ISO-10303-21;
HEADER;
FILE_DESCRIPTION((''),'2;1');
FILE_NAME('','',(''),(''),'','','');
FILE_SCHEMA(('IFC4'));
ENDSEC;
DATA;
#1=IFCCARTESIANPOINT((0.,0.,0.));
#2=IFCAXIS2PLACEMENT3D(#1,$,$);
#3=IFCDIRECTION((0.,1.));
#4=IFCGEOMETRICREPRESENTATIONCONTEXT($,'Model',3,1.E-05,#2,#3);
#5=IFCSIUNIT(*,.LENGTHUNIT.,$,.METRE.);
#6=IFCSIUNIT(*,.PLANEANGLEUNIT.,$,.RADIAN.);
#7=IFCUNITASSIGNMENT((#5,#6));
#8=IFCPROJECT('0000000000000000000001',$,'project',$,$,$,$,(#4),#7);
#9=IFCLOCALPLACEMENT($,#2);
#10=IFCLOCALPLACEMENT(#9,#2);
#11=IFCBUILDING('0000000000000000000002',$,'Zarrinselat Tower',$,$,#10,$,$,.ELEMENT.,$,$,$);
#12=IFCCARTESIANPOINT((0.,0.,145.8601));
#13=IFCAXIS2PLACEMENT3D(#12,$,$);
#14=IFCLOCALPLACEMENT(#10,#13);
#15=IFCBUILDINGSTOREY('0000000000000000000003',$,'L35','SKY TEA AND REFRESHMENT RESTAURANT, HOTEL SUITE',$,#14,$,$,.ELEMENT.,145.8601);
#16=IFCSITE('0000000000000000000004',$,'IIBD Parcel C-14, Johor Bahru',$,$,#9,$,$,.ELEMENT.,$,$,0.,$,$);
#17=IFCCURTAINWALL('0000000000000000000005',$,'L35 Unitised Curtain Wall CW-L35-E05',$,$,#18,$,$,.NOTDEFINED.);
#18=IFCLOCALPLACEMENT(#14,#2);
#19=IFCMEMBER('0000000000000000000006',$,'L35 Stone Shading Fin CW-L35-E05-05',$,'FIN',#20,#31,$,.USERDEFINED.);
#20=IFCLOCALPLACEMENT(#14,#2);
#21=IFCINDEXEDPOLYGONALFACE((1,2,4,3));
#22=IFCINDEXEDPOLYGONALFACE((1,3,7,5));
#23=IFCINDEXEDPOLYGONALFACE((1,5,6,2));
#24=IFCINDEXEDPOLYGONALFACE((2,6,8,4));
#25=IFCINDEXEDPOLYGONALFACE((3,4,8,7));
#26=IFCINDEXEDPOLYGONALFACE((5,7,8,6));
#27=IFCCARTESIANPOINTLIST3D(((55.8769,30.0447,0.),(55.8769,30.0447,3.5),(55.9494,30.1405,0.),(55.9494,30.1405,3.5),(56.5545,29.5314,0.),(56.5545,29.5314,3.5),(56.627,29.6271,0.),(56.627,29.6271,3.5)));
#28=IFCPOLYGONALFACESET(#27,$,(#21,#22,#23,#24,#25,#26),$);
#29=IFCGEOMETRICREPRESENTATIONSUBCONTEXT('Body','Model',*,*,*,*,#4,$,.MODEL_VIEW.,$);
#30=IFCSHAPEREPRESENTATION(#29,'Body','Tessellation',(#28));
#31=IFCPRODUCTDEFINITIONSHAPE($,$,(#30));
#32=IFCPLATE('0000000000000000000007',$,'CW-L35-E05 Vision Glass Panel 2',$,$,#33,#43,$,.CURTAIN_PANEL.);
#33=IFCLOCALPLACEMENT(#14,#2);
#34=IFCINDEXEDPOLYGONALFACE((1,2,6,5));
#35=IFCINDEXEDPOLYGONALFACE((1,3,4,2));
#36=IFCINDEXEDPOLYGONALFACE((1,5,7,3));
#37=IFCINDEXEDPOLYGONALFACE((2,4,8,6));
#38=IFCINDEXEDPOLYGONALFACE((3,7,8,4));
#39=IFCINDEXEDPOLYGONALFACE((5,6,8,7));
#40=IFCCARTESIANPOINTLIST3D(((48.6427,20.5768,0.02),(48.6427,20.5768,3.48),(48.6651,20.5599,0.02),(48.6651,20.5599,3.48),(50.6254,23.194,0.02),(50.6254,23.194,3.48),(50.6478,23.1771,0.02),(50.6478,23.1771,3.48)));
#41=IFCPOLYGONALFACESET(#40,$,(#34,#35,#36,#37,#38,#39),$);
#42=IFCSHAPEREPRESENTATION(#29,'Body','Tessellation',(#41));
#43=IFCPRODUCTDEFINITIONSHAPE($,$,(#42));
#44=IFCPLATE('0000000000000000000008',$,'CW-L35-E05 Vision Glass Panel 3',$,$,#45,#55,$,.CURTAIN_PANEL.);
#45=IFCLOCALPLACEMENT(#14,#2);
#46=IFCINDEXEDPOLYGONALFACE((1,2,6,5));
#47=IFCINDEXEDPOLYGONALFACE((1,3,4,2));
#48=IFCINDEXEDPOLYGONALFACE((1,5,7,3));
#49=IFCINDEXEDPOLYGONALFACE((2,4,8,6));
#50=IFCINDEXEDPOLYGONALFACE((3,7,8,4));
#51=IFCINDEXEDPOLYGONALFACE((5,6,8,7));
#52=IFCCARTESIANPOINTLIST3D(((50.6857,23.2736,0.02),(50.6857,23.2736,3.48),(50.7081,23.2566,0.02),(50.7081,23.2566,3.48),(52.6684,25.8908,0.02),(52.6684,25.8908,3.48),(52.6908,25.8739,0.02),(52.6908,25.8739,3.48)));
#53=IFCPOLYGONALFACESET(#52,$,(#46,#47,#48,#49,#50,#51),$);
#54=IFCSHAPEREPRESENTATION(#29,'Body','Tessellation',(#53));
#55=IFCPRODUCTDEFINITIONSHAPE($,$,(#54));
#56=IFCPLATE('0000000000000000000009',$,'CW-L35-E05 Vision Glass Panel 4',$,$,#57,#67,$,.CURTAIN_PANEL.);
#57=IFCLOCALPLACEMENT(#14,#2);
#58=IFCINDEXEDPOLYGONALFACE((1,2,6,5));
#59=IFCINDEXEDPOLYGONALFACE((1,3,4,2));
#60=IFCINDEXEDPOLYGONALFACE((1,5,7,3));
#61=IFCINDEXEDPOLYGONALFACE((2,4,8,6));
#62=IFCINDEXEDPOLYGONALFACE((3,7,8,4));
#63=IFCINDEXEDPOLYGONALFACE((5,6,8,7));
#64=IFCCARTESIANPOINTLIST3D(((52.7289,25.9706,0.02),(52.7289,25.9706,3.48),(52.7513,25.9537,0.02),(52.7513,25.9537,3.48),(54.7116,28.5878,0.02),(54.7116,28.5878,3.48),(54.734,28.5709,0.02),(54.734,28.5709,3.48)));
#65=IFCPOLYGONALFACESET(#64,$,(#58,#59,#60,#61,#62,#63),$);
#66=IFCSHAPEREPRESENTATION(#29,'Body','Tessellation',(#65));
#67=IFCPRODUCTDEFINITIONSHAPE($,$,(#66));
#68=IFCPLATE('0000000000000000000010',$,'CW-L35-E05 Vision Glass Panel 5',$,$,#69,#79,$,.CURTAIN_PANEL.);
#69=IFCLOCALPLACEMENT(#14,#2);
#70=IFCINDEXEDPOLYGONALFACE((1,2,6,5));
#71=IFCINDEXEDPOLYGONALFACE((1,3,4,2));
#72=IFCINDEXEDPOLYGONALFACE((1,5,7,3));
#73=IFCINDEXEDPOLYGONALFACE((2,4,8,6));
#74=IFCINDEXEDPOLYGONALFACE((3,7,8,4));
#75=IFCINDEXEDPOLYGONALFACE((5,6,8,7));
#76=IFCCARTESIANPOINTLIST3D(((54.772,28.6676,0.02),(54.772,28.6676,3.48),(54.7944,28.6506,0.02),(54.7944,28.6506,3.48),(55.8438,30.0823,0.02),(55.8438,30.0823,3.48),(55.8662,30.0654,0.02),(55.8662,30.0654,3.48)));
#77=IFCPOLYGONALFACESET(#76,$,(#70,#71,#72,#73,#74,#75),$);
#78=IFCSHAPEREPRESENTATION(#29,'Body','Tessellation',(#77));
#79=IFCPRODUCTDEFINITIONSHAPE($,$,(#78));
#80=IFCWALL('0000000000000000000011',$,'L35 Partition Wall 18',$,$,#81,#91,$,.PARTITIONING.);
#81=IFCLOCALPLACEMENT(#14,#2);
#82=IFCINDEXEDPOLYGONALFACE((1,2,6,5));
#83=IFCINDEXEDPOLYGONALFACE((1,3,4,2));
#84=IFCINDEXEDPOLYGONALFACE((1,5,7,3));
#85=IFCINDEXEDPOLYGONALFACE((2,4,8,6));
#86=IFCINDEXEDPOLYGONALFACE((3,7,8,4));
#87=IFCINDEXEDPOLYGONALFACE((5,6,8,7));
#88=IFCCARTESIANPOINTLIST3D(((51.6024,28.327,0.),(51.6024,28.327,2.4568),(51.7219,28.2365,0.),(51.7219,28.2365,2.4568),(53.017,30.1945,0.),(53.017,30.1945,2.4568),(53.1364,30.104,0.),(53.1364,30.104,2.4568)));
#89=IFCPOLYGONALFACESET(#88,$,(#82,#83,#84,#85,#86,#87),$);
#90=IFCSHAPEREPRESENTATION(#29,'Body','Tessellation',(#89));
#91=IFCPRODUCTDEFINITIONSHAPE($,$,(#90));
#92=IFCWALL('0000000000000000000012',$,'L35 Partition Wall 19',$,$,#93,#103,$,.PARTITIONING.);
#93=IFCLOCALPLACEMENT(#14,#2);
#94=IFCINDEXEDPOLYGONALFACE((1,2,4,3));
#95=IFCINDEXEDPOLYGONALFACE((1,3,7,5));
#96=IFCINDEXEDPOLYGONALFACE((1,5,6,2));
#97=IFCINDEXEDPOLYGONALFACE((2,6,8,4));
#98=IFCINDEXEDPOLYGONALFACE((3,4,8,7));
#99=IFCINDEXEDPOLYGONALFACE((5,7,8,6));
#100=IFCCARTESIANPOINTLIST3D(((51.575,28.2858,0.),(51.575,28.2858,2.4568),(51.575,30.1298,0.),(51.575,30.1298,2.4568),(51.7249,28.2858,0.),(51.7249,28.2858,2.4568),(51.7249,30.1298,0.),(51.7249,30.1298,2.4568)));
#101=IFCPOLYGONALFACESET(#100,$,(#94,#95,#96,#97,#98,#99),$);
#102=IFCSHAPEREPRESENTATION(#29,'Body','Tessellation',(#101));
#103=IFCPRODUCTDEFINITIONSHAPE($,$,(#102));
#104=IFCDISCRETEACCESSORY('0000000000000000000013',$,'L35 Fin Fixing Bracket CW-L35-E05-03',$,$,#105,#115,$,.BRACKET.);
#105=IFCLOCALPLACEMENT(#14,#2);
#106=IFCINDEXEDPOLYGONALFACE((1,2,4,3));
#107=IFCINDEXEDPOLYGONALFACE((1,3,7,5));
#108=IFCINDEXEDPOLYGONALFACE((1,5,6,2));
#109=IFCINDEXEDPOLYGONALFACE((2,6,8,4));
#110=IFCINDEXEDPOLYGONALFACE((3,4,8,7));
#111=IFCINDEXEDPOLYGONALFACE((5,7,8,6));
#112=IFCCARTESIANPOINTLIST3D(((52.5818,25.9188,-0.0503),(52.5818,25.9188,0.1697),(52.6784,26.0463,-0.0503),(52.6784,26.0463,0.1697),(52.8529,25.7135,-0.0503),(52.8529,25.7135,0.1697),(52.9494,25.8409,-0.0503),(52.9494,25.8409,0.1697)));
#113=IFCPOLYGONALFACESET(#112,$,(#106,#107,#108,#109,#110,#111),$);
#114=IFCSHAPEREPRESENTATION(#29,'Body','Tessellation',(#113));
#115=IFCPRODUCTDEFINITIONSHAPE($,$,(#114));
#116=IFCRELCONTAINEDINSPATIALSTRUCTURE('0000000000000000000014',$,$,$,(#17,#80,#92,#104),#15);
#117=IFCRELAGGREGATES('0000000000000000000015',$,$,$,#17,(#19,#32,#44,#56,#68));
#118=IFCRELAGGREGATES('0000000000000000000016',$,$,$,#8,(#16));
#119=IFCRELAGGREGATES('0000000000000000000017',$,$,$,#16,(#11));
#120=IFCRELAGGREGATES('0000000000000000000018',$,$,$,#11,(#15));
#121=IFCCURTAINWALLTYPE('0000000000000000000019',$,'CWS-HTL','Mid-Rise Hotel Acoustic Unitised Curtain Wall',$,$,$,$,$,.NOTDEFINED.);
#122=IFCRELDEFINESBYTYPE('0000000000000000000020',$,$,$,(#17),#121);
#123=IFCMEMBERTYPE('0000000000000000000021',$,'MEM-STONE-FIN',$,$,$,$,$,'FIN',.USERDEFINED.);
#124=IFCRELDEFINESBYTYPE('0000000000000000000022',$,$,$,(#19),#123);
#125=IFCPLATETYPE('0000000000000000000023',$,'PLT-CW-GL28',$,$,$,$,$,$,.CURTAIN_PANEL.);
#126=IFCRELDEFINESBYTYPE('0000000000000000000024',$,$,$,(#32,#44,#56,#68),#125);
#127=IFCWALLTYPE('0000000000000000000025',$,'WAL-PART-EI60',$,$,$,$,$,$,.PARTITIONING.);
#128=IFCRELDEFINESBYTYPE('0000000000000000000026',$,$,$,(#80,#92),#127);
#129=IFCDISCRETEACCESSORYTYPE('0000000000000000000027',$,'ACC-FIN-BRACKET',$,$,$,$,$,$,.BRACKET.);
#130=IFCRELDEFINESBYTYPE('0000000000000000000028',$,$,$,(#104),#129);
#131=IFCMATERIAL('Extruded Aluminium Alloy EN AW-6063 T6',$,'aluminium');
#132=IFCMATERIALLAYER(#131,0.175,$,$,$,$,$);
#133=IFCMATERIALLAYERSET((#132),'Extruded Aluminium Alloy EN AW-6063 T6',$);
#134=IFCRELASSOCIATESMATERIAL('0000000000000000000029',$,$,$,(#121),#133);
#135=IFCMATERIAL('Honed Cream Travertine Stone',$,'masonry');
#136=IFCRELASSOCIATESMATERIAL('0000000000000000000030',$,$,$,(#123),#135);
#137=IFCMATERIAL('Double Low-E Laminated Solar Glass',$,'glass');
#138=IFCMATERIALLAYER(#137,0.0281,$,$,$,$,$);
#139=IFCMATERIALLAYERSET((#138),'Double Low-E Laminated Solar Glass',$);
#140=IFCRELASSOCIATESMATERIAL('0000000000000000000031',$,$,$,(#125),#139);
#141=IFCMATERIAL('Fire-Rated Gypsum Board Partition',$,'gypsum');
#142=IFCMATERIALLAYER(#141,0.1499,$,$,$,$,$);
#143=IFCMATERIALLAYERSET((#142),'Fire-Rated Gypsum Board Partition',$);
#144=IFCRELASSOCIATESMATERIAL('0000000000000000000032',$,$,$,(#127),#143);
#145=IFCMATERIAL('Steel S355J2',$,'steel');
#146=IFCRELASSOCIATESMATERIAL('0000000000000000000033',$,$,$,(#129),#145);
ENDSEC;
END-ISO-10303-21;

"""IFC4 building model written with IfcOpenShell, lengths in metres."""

from ifc_helpers import new_model, si_unit, direction, frame, frame_2d, origin, origin_2d, place, context, subcontext, project, spatial, rectangle, extrude, material, layer, layer_set, material_profile, profile_set, type_object, element, aggregate, save


model = new_model("IFC4")

# Units and contexts
model_context = context("Model", 3, precision=1e-05, world=origin(), true_north=direction((0.0, 1.0)))
body_context = subcontext(model_context, "Body", "Model", "MODEL_VIEW")
ifc_project = project(units=[si_unit("LENGTHUNIT", "METRE"), si_unit("PLANEANGLEUNIT", "RADIAN")], contexts=[model_context])

# Site, building, storey
site_placement = place(None, origin())
site = spatial("IfcSite", under=ifc_project, at=site_placement, Name="IIBD Parcel C-14, Johor Bahru", CompositionType="ELEMENT", RefElevation=0.0)
building_placement = place(site_placement, origin())
building = spatial("IfcBuilding", under=site, at=building_placement, Name="Zarrinselat Tower", CompositionType="ELEMENT")
storey_placement = place(building_placement, frame((0.0, 0.0, 145.8601)))
storey = spatial("IfcBuildingStorey", under=building, at=storey_placement, Name="L35", Description="SKY TEA AND REFRESHMENT RESTAURANT, HOTEL SUITE", CompositionType="ELEMENT", Elevation=145.8601)

# Curtain wall, member, plates
ifc_material_1 = material(Name="Extruded Aluminium Alloy EN AW-6063 T6", Category="aluminium")
ifc_layer_1 = layer(ifc_material_1, 0.175)
ifc_layer_set_1 = layer_set([ifc_layer_1], Name="Extruded Aluminium Alloy EN AW-6063 T6")
curtain_wall_type = type_object("IfcCurtainWallType", Name="CWS-HTL", Description="Mid-Rise Hotel Acoustic Unitised Curtain Wall", PredefinedType="NOTDEFINED", material=ifc_layer_set_1)
curtain_wall_placement = place(storey_placement, origin())
curtain_wall = element("IfcCurtainWall", 1, at=curtain_wall_placement, inside=storey, type_object=curtain_wall_type, Name="L35 Unitised Curtain Wall CW-L35-E05", PredefinedType="NOTDEFINED")
ifc_material_2 = material(Name="Honed Cream Travertine Stone", Category="masonry")
ifc_material_profile_1 = material_profile(ifc_material_2, rectangle(XDim=0.1201, YDim=0.8501, at=origin_2d()), Name="FIN 850x120")
ifc_profile_set_1 = profile_set([ifc_material_profile_1], Name="Honed Cream Travertine Stone")
member_type_1 = type_object("IfcMemberType", Name="MEM-STONE-FIN", ElementType="FIN", PredefinedType="USERDEFINED", material=ifc_profile_set_1)
member_1_placement = place(storey_placement, frame((56.252, 29.8359, 0.0), z_axis=(0.0, 0.0, 1.0), x_axis=(-0.603858, -0.797092, 0.0)))
member_1 = element("IfcMember", 2, at=member_1_placement, type_object=member_type_1, Name="L35 Stone Shading Fin CW-L35-E05-05", ObjectType="FIN", PredefinedType="USERDEFINED", context=body_context, shape_type="SweptSolid", body=[
    extrude(rectangle(XDim=0.1201, YDim=0.8501, at=origin_2d()), origin(), (0.0, 0.0, 1.0), 3.5),
])
ifc_material_3 = material(Name="Double Low-E Laminated Solar Glass", Category="glass")
ifc_layer_2 = layer(ifc_material_3, 0.0281)
ifc_layer_set_2 = layer_set([ifc_layer_2], Name="Double Low-E Laminated Solar Glass")
plate_type = type_object("IfcPlateType", Name="PLT-CW-GL28", PredefinedType="CURTAIN_PANEL", material=ifc_layer_set_2)
plate_1_placement = place(storey_placement, frame((49.6453, 21.877, 0.02), z_axis=(0.0, 0.0, 1.0), x_axis=(0.603858, 0.797092, 0.0)))
plate_1 = element("IfcPlate", 3, at=plate_1_placement, type_object=plate_type, Name="CW-L35-E05 Vision Glass Panel 2", PredefinedType="CURTAIN_PANEL", context=body_context, shape_type="SweptSolid", body=[
    extrude(rectangle(XDim=3.2834, YDim=0.0281, at=origin_2d()), origin(), (0.0, 0.0, 1.0), 3.46),
])
plate_2_placement = place(storey_placement, frame((51.6882, 24.5737, 0.02), z_axis=(0.0, 0.0, 1.0), x_axis=(0.603858, 0.797092, 0.0)))
plate_2 = element("IfcPlate", 4, at=plate_2_placement, type_object=plate_type, Name="CW-L35-E05 Vision Glass Panel 3", PredefinedType="CURTAIN_PANEL", context=body_context, shape_type="SweptSolid", body=[
    extrude(rectangle(XDim=3.2834, YDim=0.0281, at=origin_2d()), origin(), (0.0, 0.0, 1.0), 3.46),
])
plate_3_placement = place(storey_placement, frame((53.7314, 27.2708, 0.02), z_axis=(0.0, 0.0, 1.0), x_axis=(0.603858, 0.797092, 0.0)))
plate_3 = element("IfcPlate", 5, at=plate_3_placement, type_object=plate_type, Name="CW-L35-E05 Vision Glass Panel 4", PredefinedType="CURTAIN_PANEL", context=body_context, shape_type="SweptSolid", body=[
    extrude(rectangle(XDim=3.2834, YDim=0.0281, at=origin_2d()), origin(), (0.0, 0.0, 1.0), 3.46),
])
plate_4_placement = place(storey_placement, frame((55.3191, 29.3665, 0.02), z_axis=(0.0, 0.0, 1.0), x_axis=(0.603858, 0.797092, 0.0)))
plate_4 = element("IfcPlate", 6, at=plate_4_placement, type_object=plate_type, Name="CW-L35-E05 Vision Glass Panel 5", PredefinedType="CURTAIN_PANEL", context=body_context, shape_type="SweptSolid", body=[
    extrude(rectangle(XDim=1.7749, YDim=0.0281, at=origin_2d()), origin(), (0.0, 0.0, 1.0), 3.46),
])
aggregate(curtain_wall, [member_1, plate_1, plate_2, plate_3, plate_4])

# Walls
ifc_material_4 = material(Name="Fire-Rated Gypsum Board Partition", Category="gypsum")
ifc_layer_3 = layer(ifc_material_4, 0.1499)
ifc_layer_set_3 = layer_set([ifc_layer_3], Name="Fire-Rated Gypsum Board Partition")
wall_type = type_object("IfcWallType", Name="WAL-PART-EI60", PredefinedType="PARTITIONING", material=ifc_layer_set_3)
wall_1_placement = place(storey_placement, frame((51.6621, 28.2817, 0.0), z_axis=(0.0, 0.0, 1.0), x_axis=(0.603812, 0.797127, 0.0)))
element("IfcWall", 7, at=wall_1_placement, inside=storey, type_object=wall_type, Name="L35 Partition Wall 18", PredefinedType="PARTITIONING", context=body_context, shape_type="SweptSolid", body=[
    extrude(rectangle(XDim=2.3428, YDim=0.1499, at=frame_2d((1.1714, 0.0))), origin(), (0.0, 0.0, 1.0), 2.4568),
])
wall_2_placement = place(storey_placement, frame((51.6499, 28.2859, 0.0), z_axis=(0.0, 0.0, 1.0), x_axis=(0.0, 1.0, 0.0)))
element("IfcWall", 8, at=wall_2_placement, inside=storey, type_object=wall_type, Name="L35 Partition Wall 19", PredefinedType="PARTITIONING", context=body_context, shape_type="SweptSolid", body=[
    extrude(rectangle(XDim=1.844, YDim=0.1499, at=frame_2d((0.9219, 0.0))), origin(), (0.0, 0.0, 1.0), 2.4568),
])

# Discrete accessory
ifc_material_5 = material(Name="Steel S355J2", Category="steel")
discrete_accessory_type = type_object("IfcDiscreteAccessoryType", Name="ACC-FIN-BRACKET", PredefinedType="BRACKET", material=ifc_material_5)
discrete_accessory_placement = place(storey_placement, frame((52.7656, 25.8799, -0.0503), z_axis=(0.0, 0.0, 1.0), x_axis=(0.797092, -0.603858, 0.0)))
element("IfcDiscreteAccessory", 9, at=discrete_accessory_placement, inside=storey, type_object=discrete_accessory_type, Name="L35 Fin Fixing Bracket CW-L35-E05-03", PredefinedType="BRACKET", context=body_context, shape_type="SweptSolid", body=[
    extrude(rectangle(XDim=0.3401, YDim=0.1599, at=origin_2d()), origin(), (0.0, 0.0, 1.0), 0.22),
])

save(model, "model.ifc")
